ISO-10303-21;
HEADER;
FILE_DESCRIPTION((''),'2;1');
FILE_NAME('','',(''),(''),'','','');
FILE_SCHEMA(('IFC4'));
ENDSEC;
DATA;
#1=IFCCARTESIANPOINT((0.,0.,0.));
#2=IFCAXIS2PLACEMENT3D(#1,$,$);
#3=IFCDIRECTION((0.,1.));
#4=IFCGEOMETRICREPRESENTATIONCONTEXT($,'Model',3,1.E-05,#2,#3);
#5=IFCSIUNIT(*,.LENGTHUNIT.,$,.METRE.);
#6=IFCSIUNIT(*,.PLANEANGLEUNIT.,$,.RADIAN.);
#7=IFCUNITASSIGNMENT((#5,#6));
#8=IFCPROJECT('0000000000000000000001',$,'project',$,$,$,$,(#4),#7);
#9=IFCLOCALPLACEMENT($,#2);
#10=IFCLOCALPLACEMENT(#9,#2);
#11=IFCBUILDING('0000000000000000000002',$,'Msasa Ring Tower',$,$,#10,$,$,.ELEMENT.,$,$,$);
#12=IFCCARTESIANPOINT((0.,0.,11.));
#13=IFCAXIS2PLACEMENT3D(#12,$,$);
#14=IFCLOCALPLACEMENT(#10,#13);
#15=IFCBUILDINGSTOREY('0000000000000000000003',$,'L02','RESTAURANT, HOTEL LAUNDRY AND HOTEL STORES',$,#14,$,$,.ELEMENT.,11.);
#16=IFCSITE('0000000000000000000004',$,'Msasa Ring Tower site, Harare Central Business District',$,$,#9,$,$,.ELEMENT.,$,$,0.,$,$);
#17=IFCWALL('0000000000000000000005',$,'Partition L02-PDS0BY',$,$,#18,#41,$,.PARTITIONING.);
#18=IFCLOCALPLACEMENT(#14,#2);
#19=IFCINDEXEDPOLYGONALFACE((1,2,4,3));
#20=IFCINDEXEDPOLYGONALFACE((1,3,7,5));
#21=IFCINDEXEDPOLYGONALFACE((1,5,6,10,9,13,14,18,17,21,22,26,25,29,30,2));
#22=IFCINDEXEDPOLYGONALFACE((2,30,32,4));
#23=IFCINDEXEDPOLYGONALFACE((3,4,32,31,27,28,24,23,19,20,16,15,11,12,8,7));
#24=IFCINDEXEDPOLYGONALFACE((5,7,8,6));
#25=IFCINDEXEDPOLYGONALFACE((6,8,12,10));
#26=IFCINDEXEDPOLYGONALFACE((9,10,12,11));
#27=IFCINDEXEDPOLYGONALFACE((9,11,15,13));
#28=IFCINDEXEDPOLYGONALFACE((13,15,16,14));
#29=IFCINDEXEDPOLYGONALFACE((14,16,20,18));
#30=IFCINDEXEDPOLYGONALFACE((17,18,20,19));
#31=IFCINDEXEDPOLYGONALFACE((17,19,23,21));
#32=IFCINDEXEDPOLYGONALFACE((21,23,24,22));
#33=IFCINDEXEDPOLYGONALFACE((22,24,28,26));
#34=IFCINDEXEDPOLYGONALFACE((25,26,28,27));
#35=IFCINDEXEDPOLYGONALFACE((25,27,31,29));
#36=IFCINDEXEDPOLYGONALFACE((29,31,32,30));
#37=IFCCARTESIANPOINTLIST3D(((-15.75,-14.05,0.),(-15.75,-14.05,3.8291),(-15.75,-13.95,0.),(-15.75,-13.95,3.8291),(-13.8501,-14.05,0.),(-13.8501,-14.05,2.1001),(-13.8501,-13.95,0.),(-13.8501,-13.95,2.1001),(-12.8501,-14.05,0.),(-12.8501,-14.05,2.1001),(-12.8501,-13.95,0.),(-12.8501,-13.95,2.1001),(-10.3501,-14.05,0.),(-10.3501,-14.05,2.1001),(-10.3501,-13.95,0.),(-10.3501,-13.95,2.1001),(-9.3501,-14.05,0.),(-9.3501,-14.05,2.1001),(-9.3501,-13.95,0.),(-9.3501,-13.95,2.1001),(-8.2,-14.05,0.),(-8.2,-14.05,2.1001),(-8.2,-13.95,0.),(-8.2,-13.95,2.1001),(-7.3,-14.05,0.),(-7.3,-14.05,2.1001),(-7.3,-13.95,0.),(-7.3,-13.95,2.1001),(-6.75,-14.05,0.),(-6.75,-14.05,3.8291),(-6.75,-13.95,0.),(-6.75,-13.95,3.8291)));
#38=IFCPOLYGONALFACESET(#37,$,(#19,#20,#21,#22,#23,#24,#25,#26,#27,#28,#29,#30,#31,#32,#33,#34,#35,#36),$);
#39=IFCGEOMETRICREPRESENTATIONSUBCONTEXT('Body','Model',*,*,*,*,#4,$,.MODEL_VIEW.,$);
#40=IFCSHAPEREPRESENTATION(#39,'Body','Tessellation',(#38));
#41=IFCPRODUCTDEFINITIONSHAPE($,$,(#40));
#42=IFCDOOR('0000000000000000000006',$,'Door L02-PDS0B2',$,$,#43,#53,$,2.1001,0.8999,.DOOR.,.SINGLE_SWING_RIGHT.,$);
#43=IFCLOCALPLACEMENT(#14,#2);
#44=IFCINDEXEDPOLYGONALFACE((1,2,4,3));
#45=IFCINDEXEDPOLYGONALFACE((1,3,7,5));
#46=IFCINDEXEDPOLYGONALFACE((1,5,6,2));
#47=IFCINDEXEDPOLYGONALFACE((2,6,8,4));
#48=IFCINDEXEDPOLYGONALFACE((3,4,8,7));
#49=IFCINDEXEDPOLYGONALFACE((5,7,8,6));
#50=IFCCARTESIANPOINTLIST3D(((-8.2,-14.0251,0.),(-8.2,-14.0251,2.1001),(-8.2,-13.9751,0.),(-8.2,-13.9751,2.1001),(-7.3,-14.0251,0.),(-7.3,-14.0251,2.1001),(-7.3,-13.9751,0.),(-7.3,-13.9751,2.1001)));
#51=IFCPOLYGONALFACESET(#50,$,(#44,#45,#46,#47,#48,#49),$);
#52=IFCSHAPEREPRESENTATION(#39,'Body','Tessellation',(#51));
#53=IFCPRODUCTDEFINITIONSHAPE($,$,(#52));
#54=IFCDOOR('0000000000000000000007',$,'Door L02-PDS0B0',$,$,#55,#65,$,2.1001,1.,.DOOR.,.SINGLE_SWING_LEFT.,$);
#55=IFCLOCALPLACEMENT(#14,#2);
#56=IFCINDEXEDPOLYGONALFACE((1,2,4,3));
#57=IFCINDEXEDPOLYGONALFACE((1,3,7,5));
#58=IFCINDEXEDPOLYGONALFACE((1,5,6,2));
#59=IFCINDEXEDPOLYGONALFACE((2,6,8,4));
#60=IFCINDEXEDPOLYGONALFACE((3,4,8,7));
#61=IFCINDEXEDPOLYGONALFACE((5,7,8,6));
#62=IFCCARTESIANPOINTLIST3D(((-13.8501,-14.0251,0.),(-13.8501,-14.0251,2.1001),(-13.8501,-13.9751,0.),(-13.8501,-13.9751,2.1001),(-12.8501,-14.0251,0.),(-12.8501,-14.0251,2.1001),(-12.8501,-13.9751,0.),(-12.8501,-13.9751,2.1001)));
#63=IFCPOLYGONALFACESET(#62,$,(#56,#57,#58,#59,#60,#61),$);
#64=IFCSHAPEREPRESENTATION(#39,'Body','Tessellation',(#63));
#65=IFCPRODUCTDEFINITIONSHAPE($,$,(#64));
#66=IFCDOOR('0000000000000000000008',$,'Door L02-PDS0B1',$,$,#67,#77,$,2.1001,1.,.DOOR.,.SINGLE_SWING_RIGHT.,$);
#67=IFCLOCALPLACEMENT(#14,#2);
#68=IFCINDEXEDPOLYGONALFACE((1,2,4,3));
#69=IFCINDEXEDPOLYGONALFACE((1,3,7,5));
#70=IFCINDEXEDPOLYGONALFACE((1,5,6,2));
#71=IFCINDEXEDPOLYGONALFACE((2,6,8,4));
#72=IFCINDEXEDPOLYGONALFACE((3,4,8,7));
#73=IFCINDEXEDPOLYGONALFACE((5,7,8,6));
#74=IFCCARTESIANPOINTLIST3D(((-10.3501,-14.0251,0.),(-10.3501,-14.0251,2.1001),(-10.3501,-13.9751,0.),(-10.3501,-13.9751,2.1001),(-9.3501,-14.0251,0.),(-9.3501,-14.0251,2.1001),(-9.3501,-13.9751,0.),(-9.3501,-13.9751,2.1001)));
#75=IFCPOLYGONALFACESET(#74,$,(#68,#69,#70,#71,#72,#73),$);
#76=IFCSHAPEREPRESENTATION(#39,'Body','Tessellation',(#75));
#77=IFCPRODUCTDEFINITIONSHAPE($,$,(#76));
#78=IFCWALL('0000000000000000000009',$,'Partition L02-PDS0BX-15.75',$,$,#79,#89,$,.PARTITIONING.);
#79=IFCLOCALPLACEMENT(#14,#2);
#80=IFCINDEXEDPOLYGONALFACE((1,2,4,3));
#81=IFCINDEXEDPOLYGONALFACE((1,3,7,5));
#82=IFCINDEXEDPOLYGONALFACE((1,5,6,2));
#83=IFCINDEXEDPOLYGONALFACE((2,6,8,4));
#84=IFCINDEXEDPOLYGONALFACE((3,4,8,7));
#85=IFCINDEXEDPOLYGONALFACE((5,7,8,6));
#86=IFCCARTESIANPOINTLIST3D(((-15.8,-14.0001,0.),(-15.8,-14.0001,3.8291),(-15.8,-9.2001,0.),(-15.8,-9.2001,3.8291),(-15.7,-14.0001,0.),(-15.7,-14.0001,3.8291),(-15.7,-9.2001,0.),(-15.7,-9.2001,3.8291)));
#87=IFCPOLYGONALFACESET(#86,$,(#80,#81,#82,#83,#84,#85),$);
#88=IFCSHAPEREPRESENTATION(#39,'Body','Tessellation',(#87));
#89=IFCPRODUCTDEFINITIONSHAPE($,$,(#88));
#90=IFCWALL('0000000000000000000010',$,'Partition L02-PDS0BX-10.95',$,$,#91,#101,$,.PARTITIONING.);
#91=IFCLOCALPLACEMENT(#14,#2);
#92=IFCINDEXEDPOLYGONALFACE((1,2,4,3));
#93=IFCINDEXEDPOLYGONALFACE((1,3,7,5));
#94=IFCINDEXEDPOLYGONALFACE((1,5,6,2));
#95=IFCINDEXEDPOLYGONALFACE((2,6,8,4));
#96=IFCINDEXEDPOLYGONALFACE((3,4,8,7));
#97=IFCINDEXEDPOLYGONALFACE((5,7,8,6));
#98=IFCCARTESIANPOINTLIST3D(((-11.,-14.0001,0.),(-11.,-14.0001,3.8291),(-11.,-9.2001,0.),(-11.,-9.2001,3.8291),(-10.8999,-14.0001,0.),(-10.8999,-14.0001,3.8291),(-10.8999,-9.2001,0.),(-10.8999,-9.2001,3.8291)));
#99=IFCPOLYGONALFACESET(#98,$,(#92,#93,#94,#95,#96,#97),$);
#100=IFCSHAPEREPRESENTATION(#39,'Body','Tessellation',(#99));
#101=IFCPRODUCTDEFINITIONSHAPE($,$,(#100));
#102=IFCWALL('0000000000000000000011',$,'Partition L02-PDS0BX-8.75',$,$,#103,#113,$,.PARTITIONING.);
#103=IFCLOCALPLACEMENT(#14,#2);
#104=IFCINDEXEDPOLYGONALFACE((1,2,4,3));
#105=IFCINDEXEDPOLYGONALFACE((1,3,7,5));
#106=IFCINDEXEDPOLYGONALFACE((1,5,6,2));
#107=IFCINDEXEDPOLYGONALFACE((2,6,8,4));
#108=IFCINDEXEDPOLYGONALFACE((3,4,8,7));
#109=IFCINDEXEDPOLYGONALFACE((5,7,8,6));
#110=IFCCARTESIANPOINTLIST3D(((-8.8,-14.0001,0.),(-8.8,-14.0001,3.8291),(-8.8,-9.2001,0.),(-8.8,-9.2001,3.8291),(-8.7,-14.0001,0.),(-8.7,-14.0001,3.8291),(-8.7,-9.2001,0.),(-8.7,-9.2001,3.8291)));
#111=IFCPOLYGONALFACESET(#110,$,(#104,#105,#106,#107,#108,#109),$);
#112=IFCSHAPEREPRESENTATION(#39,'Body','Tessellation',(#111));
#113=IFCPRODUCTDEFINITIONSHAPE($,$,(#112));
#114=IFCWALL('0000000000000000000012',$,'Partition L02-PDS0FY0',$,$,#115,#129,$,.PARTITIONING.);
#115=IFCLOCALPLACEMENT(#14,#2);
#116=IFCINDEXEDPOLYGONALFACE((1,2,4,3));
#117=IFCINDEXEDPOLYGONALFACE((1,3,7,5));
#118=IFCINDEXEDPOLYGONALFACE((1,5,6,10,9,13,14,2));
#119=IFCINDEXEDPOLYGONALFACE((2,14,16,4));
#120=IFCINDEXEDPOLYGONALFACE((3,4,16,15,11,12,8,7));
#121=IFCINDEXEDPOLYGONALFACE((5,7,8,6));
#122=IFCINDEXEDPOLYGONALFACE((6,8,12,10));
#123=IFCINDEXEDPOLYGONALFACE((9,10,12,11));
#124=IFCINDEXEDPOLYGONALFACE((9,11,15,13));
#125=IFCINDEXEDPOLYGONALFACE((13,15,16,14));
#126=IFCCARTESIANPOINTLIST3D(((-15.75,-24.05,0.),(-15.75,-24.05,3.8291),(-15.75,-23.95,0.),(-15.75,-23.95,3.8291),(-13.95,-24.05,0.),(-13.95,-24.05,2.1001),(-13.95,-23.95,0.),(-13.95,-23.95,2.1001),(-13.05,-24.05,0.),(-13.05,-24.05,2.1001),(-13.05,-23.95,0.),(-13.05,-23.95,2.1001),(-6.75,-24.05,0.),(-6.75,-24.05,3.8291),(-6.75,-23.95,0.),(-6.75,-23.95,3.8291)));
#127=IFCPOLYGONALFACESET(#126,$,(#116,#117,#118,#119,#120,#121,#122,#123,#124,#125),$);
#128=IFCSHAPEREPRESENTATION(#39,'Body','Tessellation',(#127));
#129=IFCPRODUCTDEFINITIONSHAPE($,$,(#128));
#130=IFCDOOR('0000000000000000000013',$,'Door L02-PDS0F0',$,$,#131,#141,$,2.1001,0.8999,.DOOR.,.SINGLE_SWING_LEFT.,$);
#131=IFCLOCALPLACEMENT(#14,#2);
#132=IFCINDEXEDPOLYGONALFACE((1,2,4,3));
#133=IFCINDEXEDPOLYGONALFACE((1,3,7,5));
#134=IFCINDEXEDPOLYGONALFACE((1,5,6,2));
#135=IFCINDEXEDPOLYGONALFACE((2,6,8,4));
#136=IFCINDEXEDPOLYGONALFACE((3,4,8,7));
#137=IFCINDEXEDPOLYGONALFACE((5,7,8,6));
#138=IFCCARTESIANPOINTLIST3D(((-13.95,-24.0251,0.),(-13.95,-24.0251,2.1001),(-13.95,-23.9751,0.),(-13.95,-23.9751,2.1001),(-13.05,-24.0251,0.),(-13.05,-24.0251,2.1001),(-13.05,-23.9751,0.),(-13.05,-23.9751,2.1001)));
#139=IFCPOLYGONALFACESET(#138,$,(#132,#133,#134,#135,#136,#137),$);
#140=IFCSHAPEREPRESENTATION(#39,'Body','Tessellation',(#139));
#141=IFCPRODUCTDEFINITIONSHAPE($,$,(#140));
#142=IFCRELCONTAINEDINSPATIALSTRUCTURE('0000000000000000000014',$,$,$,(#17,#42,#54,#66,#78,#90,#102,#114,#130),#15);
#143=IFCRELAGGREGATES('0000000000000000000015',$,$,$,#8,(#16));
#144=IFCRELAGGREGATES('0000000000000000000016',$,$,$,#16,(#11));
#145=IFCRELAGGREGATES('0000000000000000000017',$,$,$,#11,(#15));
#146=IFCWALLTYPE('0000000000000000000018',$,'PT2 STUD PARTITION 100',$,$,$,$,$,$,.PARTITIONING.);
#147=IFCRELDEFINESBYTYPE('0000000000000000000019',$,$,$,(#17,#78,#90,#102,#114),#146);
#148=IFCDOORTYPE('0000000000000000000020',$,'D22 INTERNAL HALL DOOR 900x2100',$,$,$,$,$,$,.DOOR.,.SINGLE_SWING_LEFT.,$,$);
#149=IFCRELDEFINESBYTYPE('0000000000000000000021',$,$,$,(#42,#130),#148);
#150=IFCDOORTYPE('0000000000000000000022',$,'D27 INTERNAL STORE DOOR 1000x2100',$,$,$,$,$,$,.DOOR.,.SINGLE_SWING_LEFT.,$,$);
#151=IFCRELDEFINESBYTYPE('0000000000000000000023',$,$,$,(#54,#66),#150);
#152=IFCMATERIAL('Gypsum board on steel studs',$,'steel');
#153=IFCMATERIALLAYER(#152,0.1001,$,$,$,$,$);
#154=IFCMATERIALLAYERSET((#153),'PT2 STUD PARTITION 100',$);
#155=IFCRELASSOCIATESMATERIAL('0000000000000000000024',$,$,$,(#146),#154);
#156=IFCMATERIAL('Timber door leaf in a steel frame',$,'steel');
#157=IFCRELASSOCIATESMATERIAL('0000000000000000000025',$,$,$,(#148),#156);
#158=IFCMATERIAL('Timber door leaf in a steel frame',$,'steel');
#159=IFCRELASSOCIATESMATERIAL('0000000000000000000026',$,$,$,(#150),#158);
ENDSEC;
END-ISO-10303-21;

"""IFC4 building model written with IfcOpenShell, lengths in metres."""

from ifc_helpers import new_model, si_unit, direction, frame, frame_2d, origin, place, context, subcontext, project, spatial, rectangle, extrude, material, layer, layer_set, type_object, element, fill, save


model = new_model("IFC4")

# Units and contexts
model_context = context("Model", 3, precision=1e-05, world=origin(), true_north=direction((0.0, 1.0)))
body_context = subcontext(model_context, "Body", "Model", "MODEL_VIEW")
ifc_project = project(units=[si_unit("LENGTHUNIT", "METRE"), si_unit("PLANEANGLEUNIT", "RADIAN")], contexts=[model_context])

# Site, building, storey
site_placement = place(None, origin())
site = spatial("IfcSite", under=ifc_project, at=site_placement, Name="Msasa Ring Tower site, Harare Central Business District", CompositionType="ELEMENT", RefElevation=0.0)
building_placement = place(site_placement, origin())
building = spatial("IfcBuilding", under=site, at=building_placement, Name="Msasa Ring Tower", CompositionType="ELEMENT")
storey_placement = place(building_placement, frame((0.0, 0.0, 11.0)))
storey = spatial("IfcBuildingStorey", under=building, at=storey_placement, Name="L02", Description="RESTAURANT, HOTEL LAUNDRY AND HOTEL STORES", CompositionType="ELEMENT", Elevation=11.0)

# Wall, openings, doors
ifc_material_1 = material(Name="Gypsum board on steel studs", Category="steel")
ifc_layer_1 = layer(ifc_material_1, 0.1001)
ifc_layer_set_1 = layer_set([ifc_layer_1], Name="PT2 STUD PARTITION 100")
wall_type_1 = type_object("IfcWallType", Name="PT2 STUD PARTITION 100", PredefinedType="PARTITIONING", material=ifc_layer_set_1)
wall_1_placement = place(storey_placement, frame((-15.75, -14.0, 0.0), z_axis=(0.0, 0.0, 1.0), x_axis=(1.0, 0.0, 0.0)))
wall_1 = element("IfcWall", 1, at=wall_1_placement, inside=storey, type_object=wall_type_1, Name="Partition L02-PDS0BY", PredefinedType="PARTITIONING", context=body_context, shape_type="SweptSolid", body=[
    extrude(rectangle(XDim=9.0, YDim=0.1001, at=frame_2d((4.5, 0.0))), origin(), (0.0, 0.0, 1.0), 3.8291),
])
opening_1_placement = place(wall_1_placement, frame((1.8999, 0.0, 0.0)))
opening_1 = element("IfcOpeningElement", 2, at=opening_1_placement, cuts=wall_1, PredefinedType="OPENING", context=body_context, shape_type="SweptSolid", body=[
    extrude(rectangle(XDim=1.0, YDim=2.1001, at=frame_2d((0.5, 1.05))), frame((0.0, 0.0601, 0.0), z_axis=(0.0, -1.0, 0.0), x_axis=(1.0, 0.0, 0.0)), (0.0, 0.0, 1.0), 0.1201),
])
opening_2_placement = place(wall_1_placement, frame((5.3999, 0.0, 0.0)))
opening_2 = element("IfcOpeningElement", 3, at=opening_2_placement, cuts=wall_1, PredefinedType="OPENING", context=body_context, shape_type="SweptSolid", body=[
    extrude(rectangle(XDim=1.0, YDim=2.1001, at=frame_2d((0.5, 1.05))), frame((0.0, 0.0601, 0.0), z_axis=(0.0, -1.0, 0.0), x_axis=(1.0, 0.0, 0.0)), (0.0, 0.0, 1.0), 0.1201),
])
opening_3_placement = place(wall_1_placement, frame((7.55, 0.0, 0.0)))
opening_3 = element("IfcOpeningElement", 4, at=opening_3_placement, cuts=wall_1, PredefinedType="OPENING", context=body_context, shape_type="SweptSolid", body=[
    extrude(rectangle(XDim=0.8999, YDim=2.1001, at=frame_2d((0.45, 1.05))), frame((0.0, 0.0601, 0.0), z_axis=(0.0, -1.0, 0.0), x_axis=(1.0, 0.0, 0.0)), (0.0, 0.0, 1.0), 0.1201),
])
ifc_material_2 = material(Name="Timber door leaf in a steel frame", Category="steel")
door_type_1 = type_object("IfcDoorType", Name="D22 INTERNAL HALL DOOR 900x2100", OperationType="SINGLE_SWING_LEFT", PredefinedType="DOOR", material=ifc_material_2)
door_1_placement = place(opening_3_placement, origin())
door_1 = element("IfcDoor", 5, at=door_1_placement, inside=storey, type_object=door_type_1, Name="Door L02-PDS0B2", OperationType="SINGLE_SWING_RIGHT", OverallHeight=2.1001, OverallWidth=0.8999, PredefinedType="DOOR", context=body_context, shape_type="SweptSolid", body=[
    extrude(rectangle(XDim=0.8999, YDim=2.1001, at=frame_2d((0.45, 1.05))), frame((0.0, 0.0249, 0.0), z_axis=(0.0, -1.0, 0.0), x_axis=(1.0, 0.0, 0.0)), (0.0, 0.0, 1.0), 0.05),
])
fill(opening_3, door_1)
ifc_material_3 = material(Name="Timber door leaf in a steel frame", Category="steel")
door_type_2 = type_object("IfcDoorType", Name="D27 INTERNAL STORE DOOR 1000x2100", OperationType="SINGLE_SWING_LEFT", PredefinedType="DOOR", material=ifc_material_3)
door_2_placement = place(opening_1_placement, origin())
door_2 = element("IfcDoor", 6, at=door_2_placement, inside=storey, type_object=door_type_2, Name="Door L02-PDS0B0", OperationType="SINGLE_SWING_LEFT", OverallHeight=2.1001, OverallWidth=1.0, PredefinedType="DOOR", context=body_context, shape_type="SweptSolid", body=[
    extrude(rectangle(XDim=1.0, YDim=2.1001, at=frame_2d((0.5, 1.05))), frame((0.0, 0.0249, 0.0), z_axis=(0.0, -1.0, 0.0), x_axis=(1.0, 0.0, 0.0)), (0.0, 0.0, 1.0), 0.05),
])
fill(opening_1, door_2)
door_3_placement = place(opening_2_placement, origin())
door_3 = element("IfcDoor", 7, at=door_3_placement, inside=storey, type_object=door_type_2, Name="Door L02-PDS0B1", OperationType="SINGLE_SWING_RIGHT", OverallHeight=2.1001, OverallWidth=1.0, PredefinedType="DOOR", context=body_context, shape_type="SweptSolid", body=[
    extrude(rectangle(XDim=1.0, YDim=2.1001, at=frame_2d((0.5, 1.05))), frame((0.0, 0.0249, 0.0), z_axis=(0.0, -1.0, 0.0), x_axis=(1.0, 0.0, 0.0)), (0.0, 0.0, 1.0), 0.05),
])
fill(opening_2, door_3)

# Walls
for number, where, z_axis, x_axis, name in (
    (8, (-15.75, -14.0, 0.0), (0.0, 0.0, 1.0), (0.0, 1.0, 0.0), "Partition L02-PDS0BX-15.75"),
    (9, (-10.95, -14.0, 0.0), (0.0, 0.0, 1.0), (0.0, 1.0, 0.0), "Partition L02-PDS0BX-10.95"),
    (10, (-8.75, -14.0, 0.0), (0.0, 0.0, 1.0), (0.0, 1.0, 0.0), "Partition L02-PDS0BX-8.75"),
):
    element("IfcWall", number, at=place(storey_placement, frame(where, z_axis=z_axis, x_axis=x_axis)), inside=storey, type_object=wall_type_1, Name=name, PredefinedType="PARTITIONING", context=body_context, shape_type="SweptSolid", body=[
        extrude(rectangle(XDim=4.8, YDim=0.1001, at=frame_2d((2.3999, 0.0))), origin(), (0.0, 0.0, 1.0), 3.8291),
    ])

# Wall, opening, door
wall_2_placement = place(storey_placement, frame((-15.75, -24.0, 0.0), z_axis=(0.0, 0.0, 1.0), x_axis=(1.0, 0.0, 0.0)))
wall_2 = element("IfcWall", 11, at=wall_2_placement, inside=storey, type_object=wall_type_1, Name="Partition L02-PDS0FY0", PredefinedType="PARTITIONING", context=body_context, shape_type="SweptSolid", body=[
    extrude(rectangle(XDim=9.0, YDim=0.1001, at=frame_2d((4.5, 0.0))), origin(), (0.0, 0.0, 1.0), 3.8291),
])
opening_4_placement = place(wall_2_placement, frame((1.8, 0.0, 0.0)))
opening_4 = element("IfcOpeningElement", 12, at=opening_4_placement, cuts=wall_2, PredefinedType="OPENING", context=body_context, shape_type="SweptSolid", body=[
    extrude(rectangle(XDim=0.8999, YDim=2.1001, at=frame_2d((0.45, 1.05))), frame((0.0, 0.0601, 0.0), z_axis=(0.0, -1.0, 0.0), x_axis=(1.0, 0.0, 0.0)), (0.0, 0.0, 1.0), 0.1201),
])
door_4_placement = place(opening_4_placement, origin())
door_4 = element("IfcDoor", 13, at=door_4_placement, inside=storey, type_object=door_type_1, Name="Door L02-PDS0F0", OperationType="SINGLE_SWING_LEFT", OverallHeight=2.1001, OverallWidth=0.8999, PredefinedType="DOOR", context=body_context, shape_type="SweptSolid", body=[
    extrude(rectangle(XDim=0.8999, YDim=2.1001, at=frame_2d((0.45, 1.05))), frame((0.0, 0.0249, 0.0), z_axis=(0.0, -1.0, 0.0), x_axis=(1.0, 0.0, 0.0)), (0.0, 0.0, 1.0), 0.05),
])
fill(opening_4, door_4)

save(model, "model.ifc")
